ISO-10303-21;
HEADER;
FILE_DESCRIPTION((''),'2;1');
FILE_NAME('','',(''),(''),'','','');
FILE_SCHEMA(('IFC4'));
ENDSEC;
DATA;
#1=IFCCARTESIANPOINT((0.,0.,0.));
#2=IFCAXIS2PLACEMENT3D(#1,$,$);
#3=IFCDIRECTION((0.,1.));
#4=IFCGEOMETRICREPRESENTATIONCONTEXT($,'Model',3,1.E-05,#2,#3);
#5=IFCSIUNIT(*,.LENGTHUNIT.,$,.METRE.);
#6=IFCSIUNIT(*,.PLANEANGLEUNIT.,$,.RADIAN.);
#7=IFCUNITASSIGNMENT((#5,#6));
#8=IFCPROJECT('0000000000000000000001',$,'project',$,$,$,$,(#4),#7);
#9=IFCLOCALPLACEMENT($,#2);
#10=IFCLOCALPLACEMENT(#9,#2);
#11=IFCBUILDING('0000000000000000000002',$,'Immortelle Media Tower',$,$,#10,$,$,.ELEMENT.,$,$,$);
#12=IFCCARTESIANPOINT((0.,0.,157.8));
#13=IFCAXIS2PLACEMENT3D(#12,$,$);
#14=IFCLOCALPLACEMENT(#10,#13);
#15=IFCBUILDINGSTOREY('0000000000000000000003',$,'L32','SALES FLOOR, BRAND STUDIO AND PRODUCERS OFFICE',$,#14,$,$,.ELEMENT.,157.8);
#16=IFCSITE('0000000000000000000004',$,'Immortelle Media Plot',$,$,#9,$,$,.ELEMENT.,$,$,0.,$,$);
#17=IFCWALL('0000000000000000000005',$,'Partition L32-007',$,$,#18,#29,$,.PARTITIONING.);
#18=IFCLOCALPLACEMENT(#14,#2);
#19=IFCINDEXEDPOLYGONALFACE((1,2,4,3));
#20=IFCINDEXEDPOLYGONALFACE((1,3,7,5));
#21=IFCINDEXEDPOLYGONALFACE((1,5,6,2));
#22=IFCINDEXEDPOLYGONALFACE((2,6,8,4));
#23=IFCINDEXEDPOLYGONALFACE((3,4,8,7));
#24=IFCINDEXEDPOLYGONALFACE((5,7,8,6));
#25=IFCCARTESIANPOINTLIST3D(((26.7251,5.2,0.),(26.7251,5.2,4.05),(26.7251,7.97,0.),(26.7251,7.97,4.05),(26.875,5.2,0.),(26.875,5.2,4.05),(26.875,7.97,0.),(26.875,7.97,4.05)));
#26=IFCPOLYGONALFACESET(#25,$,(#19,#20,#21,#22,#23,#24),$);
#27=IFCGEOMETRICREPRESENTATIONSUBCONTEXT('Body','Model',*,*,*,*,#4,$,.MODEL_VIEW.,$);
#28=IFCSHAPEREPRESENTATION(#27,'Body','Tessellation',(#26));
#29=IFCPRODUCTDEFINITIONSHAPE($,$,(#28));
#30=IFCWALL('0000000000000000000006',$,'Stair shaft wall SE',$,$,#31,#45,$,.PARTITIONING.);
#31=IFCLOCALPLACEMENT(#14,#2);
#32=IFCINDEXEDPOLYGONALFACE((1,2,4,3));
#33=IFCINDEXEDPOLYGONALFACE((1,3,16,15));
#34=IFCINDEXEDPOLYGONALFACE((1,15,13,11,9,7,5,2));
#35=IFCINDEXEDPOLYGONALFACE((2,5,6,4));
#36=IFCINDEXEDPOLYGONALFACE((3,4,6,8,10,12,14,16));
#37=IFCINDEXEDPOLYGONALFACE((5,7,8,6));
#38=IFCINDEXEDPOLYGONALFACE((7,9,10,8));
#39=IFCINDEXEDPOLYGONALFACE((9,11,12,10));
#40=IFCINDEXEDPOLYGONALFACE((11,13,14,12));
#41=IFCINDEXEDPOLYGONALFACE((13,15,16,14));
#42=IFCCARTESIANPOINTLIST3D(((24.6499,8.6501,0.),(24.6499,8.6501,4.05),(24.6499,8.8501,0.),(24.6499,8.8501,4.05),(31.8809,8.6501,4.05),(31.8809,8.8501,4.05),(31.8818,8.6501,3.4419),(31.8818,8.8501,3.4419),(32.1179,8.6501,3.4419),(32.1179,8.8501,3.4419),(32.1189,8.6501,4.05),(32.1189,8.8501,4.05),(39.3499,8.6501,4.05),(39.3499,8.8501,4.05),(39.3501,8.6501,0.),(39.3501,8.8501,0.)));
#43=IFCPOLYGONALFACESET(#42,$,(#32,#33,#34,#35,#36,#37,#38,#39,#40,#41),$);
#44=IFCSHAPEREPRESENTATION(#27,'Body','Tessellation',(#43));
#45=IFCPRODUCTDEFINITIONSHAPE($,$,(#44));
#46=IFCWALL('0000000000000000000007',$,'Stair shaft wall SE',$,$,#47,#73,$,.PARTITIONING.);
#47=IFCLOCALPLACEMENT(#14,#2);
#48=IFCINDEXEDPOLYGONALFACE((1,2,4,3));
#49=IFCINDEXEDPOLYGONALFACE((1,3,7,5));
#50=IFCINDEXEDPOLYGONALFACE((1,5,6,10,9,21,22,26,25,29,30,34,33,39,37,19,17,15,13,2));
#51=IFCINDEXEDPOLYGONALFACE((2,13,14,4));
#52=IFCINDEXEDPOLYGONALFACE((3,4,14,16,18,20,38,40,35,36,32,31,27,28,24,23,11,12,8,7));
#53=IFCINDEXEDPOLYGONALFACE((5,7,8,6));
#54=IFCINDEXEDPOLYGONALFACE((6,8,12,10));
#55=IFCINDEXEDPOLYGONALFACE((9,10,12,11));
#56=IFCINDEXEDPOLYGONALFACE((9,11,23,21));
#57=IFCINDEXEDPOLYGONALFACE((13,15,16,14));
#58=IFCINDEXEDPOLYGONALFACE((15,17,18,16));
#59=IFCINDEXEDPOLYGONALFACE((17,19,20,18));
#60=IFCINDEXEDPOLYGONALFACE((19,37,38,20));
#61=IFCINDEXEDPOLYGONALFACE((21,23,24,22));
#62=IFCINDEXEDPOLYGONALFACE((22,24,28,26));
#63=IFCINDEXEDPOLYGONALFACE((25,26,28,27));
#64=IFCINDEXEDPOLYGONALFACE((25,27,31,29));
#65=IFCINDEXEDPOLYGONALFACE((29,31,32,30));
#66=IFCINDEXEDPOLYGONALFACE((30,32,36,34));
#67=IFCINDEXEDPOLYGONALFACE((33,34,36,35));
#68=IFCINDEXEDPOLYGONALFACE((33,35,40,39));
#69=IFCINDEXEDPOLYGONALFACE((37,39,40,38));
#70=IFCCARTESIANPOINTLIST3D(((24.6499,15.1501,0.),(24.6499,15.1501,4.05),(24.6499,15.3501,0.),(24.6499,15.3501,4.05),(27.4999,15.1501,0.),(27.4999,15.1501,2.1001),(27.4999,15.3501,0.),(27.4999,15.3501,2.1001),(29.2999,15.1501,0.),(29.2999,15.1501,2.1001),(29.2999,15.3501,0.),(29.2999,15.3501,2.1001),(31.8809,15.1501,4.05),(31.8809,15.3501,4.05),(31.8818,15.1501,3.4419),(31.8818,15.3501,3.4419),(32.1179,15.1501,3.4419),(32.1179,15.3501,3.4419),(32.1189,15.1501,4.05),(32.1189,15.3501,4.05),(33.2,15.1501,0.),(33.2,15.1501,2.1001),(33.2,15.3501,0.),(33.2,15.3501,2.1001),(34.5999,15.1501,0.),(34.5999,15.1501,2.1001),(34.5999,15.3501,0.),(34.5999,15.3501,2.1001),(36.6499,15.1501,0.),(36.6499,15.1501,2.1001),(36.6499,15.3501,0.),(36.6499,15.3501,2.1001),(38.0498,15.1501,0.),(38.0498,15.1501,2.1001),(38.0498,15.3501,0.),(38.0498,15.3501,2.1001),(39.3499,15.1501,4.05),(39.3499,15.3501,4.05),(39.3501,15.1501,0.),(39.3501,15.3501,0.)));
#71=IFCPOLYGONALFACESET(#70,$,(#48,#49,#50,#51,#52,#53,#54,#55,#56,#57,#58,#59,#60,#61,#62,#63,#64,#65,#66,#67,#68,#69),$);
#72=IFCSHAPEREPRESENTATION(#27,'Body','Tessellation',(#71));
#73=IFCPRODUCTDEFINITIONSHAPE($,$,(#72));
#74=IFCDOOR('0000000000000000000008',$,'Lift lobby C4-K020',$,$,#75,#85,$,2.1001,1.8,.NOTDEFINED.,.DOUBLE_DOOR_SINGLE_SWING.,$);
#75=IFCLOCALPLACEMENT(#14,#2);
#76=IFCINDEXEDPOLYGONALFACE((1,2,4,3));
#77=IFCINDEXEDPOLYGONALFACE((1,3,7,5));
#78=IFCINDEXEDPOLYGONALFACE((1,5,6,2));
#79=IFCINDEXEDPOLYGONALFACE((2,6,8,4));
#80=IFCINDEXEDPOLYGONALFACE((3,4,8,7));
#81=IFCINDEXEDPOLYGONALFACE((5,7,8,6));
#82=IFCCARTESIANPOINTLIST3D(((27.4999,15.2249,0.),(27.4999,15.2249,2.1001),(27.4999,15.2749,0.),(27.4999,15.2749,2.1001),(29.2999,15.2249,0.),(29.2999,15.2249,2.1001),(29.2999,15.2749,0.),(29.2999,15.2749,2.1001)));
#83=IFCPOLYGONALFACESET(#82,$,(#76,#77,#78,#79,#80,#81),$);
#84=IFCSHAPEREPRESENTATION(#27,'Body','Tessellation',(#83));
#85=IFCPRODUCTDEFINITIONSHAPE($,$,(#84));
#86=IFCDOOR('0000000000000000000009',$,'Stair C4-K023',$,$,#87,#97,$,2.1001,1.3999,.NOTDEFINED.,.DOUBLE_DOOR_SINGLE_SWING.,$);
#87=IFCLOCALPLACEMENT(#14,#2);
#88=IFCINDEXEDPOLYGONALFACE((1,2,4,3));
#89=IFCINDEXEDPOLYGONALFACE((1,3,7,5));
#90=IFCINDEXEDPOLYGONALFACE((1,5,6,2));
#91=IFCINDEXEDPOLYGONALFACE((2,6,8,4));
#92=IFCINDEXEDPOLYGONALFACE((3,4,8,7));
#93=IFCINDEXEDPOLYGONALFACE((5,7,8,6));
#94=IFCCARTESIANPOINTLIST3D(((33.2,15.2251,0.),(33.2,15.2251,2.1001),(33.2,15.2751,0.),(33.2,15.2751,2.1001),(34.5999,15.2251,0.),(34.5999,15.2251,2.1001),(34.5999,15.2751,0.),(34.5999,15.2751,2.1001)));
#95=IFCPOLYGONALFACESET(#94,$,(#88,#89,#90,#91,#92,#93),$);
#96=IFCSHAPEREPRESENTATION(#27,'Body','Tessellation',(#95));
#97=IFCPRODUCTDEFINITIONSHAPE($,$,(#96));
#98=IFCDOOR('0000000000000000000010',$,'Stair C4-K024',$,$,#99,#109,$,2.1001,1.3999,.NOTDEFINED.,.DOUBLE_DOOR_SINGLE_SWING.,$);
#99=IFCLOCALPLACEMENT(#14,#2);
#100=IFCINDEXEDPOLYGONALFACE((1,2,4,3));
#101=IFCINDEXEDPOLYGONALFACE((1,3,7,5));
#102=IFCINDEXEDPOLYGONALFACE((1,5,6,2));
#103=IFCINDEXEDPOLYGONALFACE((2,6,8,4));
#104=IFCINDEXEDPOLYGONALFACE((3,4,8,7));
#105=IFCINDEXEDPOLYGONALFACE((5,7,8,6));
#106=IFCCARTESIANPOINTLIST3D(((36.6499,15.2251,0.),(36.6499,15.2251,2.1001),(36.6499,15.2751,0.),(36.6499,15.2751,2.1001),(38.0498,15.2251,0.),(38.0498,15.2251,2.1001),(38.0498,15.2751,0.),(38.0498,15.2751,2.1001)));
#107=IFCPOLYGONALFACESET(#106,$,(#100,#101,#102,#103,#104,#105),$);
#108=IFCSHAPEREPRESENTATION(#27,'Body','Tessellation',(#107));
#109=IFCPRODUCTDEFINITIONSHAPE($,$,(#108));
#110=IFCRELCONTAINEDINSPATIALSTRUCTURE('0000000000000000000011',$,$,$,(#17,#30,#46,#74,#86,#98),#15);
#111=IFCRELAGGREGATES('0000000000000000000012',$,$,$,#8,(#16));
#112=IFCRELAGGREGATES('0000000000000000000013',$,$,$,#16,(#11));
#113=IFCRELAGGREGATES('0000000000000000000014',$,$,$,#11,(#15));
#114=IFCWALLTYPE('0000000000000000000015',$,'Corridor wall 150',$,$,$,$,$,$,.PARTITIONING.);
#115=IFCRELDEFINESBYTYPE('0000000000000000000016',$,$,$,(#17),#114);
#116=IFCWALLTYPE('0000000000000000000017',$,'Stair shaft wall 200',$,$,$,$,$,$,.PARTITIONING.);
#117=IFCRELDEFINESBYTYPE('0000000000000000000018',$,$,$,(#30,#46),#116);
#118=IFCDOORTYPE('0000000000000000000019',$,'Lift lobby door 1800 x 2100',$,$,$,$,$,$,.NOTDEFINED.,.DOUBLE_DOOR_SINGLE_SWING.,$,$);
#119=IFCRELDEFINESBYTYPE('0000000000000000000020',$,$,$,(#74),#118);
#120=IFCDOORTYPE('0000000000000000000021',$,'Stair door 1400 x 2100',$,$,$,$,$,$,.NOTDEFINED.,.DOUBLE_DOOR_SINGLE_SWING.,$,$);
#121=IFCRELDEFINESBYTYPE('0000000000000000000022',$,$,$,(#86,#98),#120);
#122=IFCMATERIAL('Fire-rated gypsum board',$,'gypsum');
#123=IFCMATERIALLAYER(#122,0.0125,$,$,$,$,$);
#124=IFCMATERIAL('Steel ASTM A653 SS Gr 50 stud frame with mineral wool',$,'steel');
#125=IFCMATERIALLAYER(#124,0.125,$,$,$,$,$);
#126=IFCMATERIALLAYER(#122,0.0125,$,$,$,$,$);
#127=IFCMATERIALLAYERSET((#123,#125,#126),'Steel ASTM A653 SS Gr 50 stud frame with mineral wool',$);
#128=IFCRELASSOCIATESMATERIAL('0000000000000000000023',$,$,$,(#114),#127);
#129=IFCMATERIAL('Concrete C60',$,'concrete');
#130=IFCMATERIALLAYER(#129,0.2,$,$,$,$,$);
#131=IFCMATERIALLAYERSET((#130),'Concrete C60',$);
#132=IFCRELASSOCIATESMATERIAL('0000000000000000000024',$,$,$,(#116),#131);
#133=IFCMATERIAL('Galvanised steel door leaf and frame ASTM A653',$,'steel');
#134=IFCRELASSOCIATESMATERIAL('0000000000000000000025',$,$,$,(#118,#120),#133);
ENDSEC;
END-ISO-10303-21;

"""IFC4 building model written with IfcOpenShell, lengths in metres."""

from ifc_helpers import new_model, si_unit, direction, frame, frame_2d, origin, place, context, subcontext, project, spatial, polyline, rectangle, outline, extrude, material, layer, layer_set, type_object, element, fill, save


model = new_model("IFC4")

# Units and contexts
model_context = context("Model", 3, precision=1e-05, world=origin(), true_north=direction((0.0, 1.0)))
body_context = subcontext(model_context, "Body", "Model", "MODEL_VIEW")
ifc_project = project(units=[si_unit("LENGTHUNIT", "METRE"), si_unit("PLANEANGLEUNIT", "RADIAN")], contexts=[model_context])

# Site, building, storey
site_placement = place(None, origin())
site = spatial("IfcSite", under=ifc_project, at=site_placement, Name="Immortelle Media Plot", CompositionType="ELEMENT", RefElevation=0.0)
building_placement = place(site_placement, origin())
building = spatial("IfcBuilding", under=site, at=building_placement, Name="Immortelle Media Tower", CompositionType="ELEMENT")
storey_placement = place(building_placement, frame((0.0, 0.0, 157.8)))
storey = spatial("IfcBuildingStorey", under=building, at=storey_placement, Name="L32", Description="SALES FLOOR, BRAND STUDIO AND PRODUCERS OFFICE", CompositionType="ELEMENT", Elevation=157.8)

# Shared definitions
ifc_material_1 = material(Name="Fire-rated gypsum board", Category="gypsum")
ifc_material_2 = material(Name="Steel ASTM A653 SS Gr 50 stud frame with mineral wool", Category="steel")
ifc_material_3 = material(Name="Galvanised steel door leaf and frame ASTM A653", Category="steel")

# Walls
ifc_layer_1 = layer(ifc_material_1, 0.0125)
ifc_layer_2 = layer(ifc_material_2, 0.125)
ifc_layer_3 = layer(ifc_material_1, 0.0125)
ifc_layer_set_1 = layer_set([ifc_layer_1, ifc_layer_2, ifc_layer_3], Name="Steel ASTM A653 SS Gr 50 stud frame with mineral wool")
wall_type_1 = type_object("IfcWallType", Name="Corridor wall 150", PredefinedType="PARTITIONING", material=ifc_layer_set_1)
wall_1_placement = place(storey_placement, frame((26.8, 5.2, 0.0), z_axis=(0.0, 0.0, 1.0), x_axis=(0.0, 1.0, 0.0)))
element("IfcWall", 1, at=wall_1_placement, inside=storey, type_object=wall_type_1, Name="Partition L32-007", PredefinedType="PARTITIONING", context=body_context, shape_type="SweptSolid", body=[
    extrude(rectangle(XDim=2.77, YDim=0.1499, at=frame_2d((1.385, 0.0))), origin(), (0.0, 0.0, 1.0), 4.05),
])
ifc_material_4 = material(Name="Concrete C60", Category="concrete")
ifc_layer_4 = layer(ifc_material_4, 0.2)
ifc_layer_set_2 = layer_set([ifc_layer_4], Name="Concrete C60")
wall_type_2 = type_object("IfcWallType", Name="Stair shaft wall 200", PredefinedType="PARTITIONING", material=ifc_layer_set_2)
wall_2_placement = place(storey_placement, frame((24.6499, 8.75, 0.0), z_axis=(0.0, 0.0, 1.0), x_axis=(1.0, 0.0, 0.0)))
element("IfcWall", 2, at=wall_2_placement, inside=storey, type_object=wall_type_2, Name="Stair shaft wall SE", PredefinedType="PARTITIONING", context=body_context, shape_type="SweptSolid", body=[
    extrude(outline(polyline([(0.0, 0.0), (14.7002, 0.0), (14.7, 4.05), (7.469, 4.05), (7.468, 3.4419), (7.2319, 3.4419), (7.231, 4.05), (0.0, 4.05), (0.0, 0.0)])), frame((0.0, 0.1001, 0.0), z_axis=(0.0, -1.0, 0.0), x_axis=(1.0, 0.0, 0.0)), (0.0, 0.0, 1.0), 0.2),
])

# Wall, openings, doors
wall_3_placement = place(storey_placement, frame((24.6499, 15.25, 0.0), z_axis=(0.0, 0.0, 1.0), x_axis=(1.0, 0.0, 0.0)))
wall_3 = element("IfcWall", 3, at=wall_3_placement, inside=storey, type_object=wall_type_2, Name="Stair shaft wall SE", PredefinedType="PARTITIONING", context=body_context, shape_type="SweptSolid", body=[
    extrude(outline(polyline([(0.0, 0.0), (14.7002, 0.0), (14.7, 4.05), (7.469, 4.05), (7.468, 3.4419), (7.2319, 3.4419), (7.231, 4.05), (0.0, 4.05), (0.0, 0.0)])), frame((0.0, 0.1001, 0.0), z_axis=(0.0, -1.0, 0.0), x_axis=(1.0, 0.0, 0.0)), (0.0, 0.0, 1.0), 0.2),
])
opening_1_placement = place(wall_3_placement, frame((2.8501, 0.0, 0.0)))
opening_1 = element("IfcOpeningElement", 4, at=opening_1_placement, cuts=wall_3, PredefinedType="OPENING", context=body_context, shape_type="SweptSolid", body=[
    extrude(rectangle(XDim=1.8, YDim=2.1001, at=frame_2d((0.8999, 1.05))), frame((0.0, 0.1099, 0.0), z_axis=(0.0, -1.0, 0.0), x_axis=(1.0, 0.0, 0.0)), (0.0, 0.0, 1.0), 0.22),
])
opening_2_placement = place(wall_3_placement, frame((9.95, 0.0, 0.0), z_axis=(0.0, 0.0, 1.0), x_axis=(-1.0, 0.0, 0.0)))
opening_2 = element("IfcOpeningElement", 5, at=opening_2_placement, cuts=wall_3, PredefinedType="OPENING", context=body_context, shape_type="SweptSolid", body=[
    extrude(rectangle(XDim=1.3999, YDim=2.1001, at=frame_2d((0.7, 1.05))), frame((0.0, 0.1099, 0.0), z_axis=(0.0, -1.0, 0.0), x_axis=(1.0, 0.0, 0.0)), (0.0, 0.0, 1.0), 0.22),
])
opening_3_placement = place(wall_3_placement, frame((13.3999, 0.0, 0.0), z_axis=(0.0, 0.0, 1.0), x_axis=(-1.0, 0.0, 0.0)))
opening_3 = element("IfcOpeningElement", 6, at=opening_3_placement, cuts=wall_3, PredefinedType="OPENING", context=body_context, shape_type="SweptSolid", body=[
    extrude(rectangle(XDim=1.3999, YDim=2.1001, at=frame_2d((0.7, 1.05))), frame((0.0, 0.1099, 0.0), z_axis=(0.0, -1.0, 0.0), x_axis=(1.0, 0.0, 0.0)), (0.0, 0.0, 1.0), 0.22),
])
door_type_1 = type_object("IfcDoorType", Name="Lift lobby door 1800 x 2100", OperationType="DOUBLE_DOOR_SINGLE_SWING", PredefinedType="NOTDEFINED", material=ifc_material_3)
door_1_placement = place(opening_1_placement, origin())
door_1 = element("IfcDoor", 7, at=door_1_placement, inside=storey, type_object=door_type_1, Name="Lift lobby C4-K020", OperationType="DOUBLE_DOOR_SINGLE_SWING", OverallHeight=2.1001, OverallWidth=1.8, PredefinedType="NOTDEFINED", context=body_context, shape_type="SweptSolid", body=[
    extrude(rectangle(XDim=1.8, YDim=2.1001, at=frame_2d((0.8999, 1.05))), frame((0.0, 0.0249, 0.0), z_axis=(0.0, -1.0, 0.0), x_axis=(1.0, 0.0, 0.0)), (0.0, 0.0, 1.0), 0.05),
])
fill(opening_1, door_1)
door_type_2 = type_object("IfcDoorType", Name="Stair door 1400 x 2100", OperationType="DOUBLE_DOOR_SINGLE_SWING", PredefinedType="NOTDEFINED", material=ifc_material_3)
door_2_placement = place(opening_2_placement, origin())
door_2 = element("IfcDoor", 8, at=door_2_placement, inside=storey, type_object=door_type_2, Name="Stair C4-K023", OperationType="DOUBLE_DOOR_SINGLE_SWING", OverallHeight=2.1001, OverallWidth=1.3999, PredefinedType="NOTDEFINED", context=body_context, shape_type="SweptSolid", body=[
    extrude(rectangle(XDim=1.3999, YDim=2.1001, at=frame_2d((0.7, 1.05))), frame((0.0, 0.0249, 0.0), z_axis=(0.0, -1.0, 0.0), x_axis=(1.0, 0.0, 0.0)), (0.0, 0.0, 1.0), 0.05),
])
fill(opening_2, door_2)
door_3_placement = place(opening_3_placement, origin())
door_3 = element("IfcDoor", 9, at=door_3_placement, inside=storey, type_object=door_type_2, Name="Stair C4-K024", OperationType="DOUBLE_DOOR_SINGLE_SWING", OverallHeight=2.1001, OverallWidth=1.3999, PredefinedType="NOTDEFINED", context=body_context, shape_type="SweptSolid", body=[
    extrude(rectangle(XDim=1.3999, YDim=2.1001, at=frame_2d((0.7, 1.05))), frame((0.0, 0.0249, 0.0), z_axis=(0.0, -1.0, 0.0), x_axis=(1.0, 0.0, 0.0)), (0.0, 0.0, 1.0), 0.05),
])
fill(opening_3, door_3)

save(model, "model.ifc")
